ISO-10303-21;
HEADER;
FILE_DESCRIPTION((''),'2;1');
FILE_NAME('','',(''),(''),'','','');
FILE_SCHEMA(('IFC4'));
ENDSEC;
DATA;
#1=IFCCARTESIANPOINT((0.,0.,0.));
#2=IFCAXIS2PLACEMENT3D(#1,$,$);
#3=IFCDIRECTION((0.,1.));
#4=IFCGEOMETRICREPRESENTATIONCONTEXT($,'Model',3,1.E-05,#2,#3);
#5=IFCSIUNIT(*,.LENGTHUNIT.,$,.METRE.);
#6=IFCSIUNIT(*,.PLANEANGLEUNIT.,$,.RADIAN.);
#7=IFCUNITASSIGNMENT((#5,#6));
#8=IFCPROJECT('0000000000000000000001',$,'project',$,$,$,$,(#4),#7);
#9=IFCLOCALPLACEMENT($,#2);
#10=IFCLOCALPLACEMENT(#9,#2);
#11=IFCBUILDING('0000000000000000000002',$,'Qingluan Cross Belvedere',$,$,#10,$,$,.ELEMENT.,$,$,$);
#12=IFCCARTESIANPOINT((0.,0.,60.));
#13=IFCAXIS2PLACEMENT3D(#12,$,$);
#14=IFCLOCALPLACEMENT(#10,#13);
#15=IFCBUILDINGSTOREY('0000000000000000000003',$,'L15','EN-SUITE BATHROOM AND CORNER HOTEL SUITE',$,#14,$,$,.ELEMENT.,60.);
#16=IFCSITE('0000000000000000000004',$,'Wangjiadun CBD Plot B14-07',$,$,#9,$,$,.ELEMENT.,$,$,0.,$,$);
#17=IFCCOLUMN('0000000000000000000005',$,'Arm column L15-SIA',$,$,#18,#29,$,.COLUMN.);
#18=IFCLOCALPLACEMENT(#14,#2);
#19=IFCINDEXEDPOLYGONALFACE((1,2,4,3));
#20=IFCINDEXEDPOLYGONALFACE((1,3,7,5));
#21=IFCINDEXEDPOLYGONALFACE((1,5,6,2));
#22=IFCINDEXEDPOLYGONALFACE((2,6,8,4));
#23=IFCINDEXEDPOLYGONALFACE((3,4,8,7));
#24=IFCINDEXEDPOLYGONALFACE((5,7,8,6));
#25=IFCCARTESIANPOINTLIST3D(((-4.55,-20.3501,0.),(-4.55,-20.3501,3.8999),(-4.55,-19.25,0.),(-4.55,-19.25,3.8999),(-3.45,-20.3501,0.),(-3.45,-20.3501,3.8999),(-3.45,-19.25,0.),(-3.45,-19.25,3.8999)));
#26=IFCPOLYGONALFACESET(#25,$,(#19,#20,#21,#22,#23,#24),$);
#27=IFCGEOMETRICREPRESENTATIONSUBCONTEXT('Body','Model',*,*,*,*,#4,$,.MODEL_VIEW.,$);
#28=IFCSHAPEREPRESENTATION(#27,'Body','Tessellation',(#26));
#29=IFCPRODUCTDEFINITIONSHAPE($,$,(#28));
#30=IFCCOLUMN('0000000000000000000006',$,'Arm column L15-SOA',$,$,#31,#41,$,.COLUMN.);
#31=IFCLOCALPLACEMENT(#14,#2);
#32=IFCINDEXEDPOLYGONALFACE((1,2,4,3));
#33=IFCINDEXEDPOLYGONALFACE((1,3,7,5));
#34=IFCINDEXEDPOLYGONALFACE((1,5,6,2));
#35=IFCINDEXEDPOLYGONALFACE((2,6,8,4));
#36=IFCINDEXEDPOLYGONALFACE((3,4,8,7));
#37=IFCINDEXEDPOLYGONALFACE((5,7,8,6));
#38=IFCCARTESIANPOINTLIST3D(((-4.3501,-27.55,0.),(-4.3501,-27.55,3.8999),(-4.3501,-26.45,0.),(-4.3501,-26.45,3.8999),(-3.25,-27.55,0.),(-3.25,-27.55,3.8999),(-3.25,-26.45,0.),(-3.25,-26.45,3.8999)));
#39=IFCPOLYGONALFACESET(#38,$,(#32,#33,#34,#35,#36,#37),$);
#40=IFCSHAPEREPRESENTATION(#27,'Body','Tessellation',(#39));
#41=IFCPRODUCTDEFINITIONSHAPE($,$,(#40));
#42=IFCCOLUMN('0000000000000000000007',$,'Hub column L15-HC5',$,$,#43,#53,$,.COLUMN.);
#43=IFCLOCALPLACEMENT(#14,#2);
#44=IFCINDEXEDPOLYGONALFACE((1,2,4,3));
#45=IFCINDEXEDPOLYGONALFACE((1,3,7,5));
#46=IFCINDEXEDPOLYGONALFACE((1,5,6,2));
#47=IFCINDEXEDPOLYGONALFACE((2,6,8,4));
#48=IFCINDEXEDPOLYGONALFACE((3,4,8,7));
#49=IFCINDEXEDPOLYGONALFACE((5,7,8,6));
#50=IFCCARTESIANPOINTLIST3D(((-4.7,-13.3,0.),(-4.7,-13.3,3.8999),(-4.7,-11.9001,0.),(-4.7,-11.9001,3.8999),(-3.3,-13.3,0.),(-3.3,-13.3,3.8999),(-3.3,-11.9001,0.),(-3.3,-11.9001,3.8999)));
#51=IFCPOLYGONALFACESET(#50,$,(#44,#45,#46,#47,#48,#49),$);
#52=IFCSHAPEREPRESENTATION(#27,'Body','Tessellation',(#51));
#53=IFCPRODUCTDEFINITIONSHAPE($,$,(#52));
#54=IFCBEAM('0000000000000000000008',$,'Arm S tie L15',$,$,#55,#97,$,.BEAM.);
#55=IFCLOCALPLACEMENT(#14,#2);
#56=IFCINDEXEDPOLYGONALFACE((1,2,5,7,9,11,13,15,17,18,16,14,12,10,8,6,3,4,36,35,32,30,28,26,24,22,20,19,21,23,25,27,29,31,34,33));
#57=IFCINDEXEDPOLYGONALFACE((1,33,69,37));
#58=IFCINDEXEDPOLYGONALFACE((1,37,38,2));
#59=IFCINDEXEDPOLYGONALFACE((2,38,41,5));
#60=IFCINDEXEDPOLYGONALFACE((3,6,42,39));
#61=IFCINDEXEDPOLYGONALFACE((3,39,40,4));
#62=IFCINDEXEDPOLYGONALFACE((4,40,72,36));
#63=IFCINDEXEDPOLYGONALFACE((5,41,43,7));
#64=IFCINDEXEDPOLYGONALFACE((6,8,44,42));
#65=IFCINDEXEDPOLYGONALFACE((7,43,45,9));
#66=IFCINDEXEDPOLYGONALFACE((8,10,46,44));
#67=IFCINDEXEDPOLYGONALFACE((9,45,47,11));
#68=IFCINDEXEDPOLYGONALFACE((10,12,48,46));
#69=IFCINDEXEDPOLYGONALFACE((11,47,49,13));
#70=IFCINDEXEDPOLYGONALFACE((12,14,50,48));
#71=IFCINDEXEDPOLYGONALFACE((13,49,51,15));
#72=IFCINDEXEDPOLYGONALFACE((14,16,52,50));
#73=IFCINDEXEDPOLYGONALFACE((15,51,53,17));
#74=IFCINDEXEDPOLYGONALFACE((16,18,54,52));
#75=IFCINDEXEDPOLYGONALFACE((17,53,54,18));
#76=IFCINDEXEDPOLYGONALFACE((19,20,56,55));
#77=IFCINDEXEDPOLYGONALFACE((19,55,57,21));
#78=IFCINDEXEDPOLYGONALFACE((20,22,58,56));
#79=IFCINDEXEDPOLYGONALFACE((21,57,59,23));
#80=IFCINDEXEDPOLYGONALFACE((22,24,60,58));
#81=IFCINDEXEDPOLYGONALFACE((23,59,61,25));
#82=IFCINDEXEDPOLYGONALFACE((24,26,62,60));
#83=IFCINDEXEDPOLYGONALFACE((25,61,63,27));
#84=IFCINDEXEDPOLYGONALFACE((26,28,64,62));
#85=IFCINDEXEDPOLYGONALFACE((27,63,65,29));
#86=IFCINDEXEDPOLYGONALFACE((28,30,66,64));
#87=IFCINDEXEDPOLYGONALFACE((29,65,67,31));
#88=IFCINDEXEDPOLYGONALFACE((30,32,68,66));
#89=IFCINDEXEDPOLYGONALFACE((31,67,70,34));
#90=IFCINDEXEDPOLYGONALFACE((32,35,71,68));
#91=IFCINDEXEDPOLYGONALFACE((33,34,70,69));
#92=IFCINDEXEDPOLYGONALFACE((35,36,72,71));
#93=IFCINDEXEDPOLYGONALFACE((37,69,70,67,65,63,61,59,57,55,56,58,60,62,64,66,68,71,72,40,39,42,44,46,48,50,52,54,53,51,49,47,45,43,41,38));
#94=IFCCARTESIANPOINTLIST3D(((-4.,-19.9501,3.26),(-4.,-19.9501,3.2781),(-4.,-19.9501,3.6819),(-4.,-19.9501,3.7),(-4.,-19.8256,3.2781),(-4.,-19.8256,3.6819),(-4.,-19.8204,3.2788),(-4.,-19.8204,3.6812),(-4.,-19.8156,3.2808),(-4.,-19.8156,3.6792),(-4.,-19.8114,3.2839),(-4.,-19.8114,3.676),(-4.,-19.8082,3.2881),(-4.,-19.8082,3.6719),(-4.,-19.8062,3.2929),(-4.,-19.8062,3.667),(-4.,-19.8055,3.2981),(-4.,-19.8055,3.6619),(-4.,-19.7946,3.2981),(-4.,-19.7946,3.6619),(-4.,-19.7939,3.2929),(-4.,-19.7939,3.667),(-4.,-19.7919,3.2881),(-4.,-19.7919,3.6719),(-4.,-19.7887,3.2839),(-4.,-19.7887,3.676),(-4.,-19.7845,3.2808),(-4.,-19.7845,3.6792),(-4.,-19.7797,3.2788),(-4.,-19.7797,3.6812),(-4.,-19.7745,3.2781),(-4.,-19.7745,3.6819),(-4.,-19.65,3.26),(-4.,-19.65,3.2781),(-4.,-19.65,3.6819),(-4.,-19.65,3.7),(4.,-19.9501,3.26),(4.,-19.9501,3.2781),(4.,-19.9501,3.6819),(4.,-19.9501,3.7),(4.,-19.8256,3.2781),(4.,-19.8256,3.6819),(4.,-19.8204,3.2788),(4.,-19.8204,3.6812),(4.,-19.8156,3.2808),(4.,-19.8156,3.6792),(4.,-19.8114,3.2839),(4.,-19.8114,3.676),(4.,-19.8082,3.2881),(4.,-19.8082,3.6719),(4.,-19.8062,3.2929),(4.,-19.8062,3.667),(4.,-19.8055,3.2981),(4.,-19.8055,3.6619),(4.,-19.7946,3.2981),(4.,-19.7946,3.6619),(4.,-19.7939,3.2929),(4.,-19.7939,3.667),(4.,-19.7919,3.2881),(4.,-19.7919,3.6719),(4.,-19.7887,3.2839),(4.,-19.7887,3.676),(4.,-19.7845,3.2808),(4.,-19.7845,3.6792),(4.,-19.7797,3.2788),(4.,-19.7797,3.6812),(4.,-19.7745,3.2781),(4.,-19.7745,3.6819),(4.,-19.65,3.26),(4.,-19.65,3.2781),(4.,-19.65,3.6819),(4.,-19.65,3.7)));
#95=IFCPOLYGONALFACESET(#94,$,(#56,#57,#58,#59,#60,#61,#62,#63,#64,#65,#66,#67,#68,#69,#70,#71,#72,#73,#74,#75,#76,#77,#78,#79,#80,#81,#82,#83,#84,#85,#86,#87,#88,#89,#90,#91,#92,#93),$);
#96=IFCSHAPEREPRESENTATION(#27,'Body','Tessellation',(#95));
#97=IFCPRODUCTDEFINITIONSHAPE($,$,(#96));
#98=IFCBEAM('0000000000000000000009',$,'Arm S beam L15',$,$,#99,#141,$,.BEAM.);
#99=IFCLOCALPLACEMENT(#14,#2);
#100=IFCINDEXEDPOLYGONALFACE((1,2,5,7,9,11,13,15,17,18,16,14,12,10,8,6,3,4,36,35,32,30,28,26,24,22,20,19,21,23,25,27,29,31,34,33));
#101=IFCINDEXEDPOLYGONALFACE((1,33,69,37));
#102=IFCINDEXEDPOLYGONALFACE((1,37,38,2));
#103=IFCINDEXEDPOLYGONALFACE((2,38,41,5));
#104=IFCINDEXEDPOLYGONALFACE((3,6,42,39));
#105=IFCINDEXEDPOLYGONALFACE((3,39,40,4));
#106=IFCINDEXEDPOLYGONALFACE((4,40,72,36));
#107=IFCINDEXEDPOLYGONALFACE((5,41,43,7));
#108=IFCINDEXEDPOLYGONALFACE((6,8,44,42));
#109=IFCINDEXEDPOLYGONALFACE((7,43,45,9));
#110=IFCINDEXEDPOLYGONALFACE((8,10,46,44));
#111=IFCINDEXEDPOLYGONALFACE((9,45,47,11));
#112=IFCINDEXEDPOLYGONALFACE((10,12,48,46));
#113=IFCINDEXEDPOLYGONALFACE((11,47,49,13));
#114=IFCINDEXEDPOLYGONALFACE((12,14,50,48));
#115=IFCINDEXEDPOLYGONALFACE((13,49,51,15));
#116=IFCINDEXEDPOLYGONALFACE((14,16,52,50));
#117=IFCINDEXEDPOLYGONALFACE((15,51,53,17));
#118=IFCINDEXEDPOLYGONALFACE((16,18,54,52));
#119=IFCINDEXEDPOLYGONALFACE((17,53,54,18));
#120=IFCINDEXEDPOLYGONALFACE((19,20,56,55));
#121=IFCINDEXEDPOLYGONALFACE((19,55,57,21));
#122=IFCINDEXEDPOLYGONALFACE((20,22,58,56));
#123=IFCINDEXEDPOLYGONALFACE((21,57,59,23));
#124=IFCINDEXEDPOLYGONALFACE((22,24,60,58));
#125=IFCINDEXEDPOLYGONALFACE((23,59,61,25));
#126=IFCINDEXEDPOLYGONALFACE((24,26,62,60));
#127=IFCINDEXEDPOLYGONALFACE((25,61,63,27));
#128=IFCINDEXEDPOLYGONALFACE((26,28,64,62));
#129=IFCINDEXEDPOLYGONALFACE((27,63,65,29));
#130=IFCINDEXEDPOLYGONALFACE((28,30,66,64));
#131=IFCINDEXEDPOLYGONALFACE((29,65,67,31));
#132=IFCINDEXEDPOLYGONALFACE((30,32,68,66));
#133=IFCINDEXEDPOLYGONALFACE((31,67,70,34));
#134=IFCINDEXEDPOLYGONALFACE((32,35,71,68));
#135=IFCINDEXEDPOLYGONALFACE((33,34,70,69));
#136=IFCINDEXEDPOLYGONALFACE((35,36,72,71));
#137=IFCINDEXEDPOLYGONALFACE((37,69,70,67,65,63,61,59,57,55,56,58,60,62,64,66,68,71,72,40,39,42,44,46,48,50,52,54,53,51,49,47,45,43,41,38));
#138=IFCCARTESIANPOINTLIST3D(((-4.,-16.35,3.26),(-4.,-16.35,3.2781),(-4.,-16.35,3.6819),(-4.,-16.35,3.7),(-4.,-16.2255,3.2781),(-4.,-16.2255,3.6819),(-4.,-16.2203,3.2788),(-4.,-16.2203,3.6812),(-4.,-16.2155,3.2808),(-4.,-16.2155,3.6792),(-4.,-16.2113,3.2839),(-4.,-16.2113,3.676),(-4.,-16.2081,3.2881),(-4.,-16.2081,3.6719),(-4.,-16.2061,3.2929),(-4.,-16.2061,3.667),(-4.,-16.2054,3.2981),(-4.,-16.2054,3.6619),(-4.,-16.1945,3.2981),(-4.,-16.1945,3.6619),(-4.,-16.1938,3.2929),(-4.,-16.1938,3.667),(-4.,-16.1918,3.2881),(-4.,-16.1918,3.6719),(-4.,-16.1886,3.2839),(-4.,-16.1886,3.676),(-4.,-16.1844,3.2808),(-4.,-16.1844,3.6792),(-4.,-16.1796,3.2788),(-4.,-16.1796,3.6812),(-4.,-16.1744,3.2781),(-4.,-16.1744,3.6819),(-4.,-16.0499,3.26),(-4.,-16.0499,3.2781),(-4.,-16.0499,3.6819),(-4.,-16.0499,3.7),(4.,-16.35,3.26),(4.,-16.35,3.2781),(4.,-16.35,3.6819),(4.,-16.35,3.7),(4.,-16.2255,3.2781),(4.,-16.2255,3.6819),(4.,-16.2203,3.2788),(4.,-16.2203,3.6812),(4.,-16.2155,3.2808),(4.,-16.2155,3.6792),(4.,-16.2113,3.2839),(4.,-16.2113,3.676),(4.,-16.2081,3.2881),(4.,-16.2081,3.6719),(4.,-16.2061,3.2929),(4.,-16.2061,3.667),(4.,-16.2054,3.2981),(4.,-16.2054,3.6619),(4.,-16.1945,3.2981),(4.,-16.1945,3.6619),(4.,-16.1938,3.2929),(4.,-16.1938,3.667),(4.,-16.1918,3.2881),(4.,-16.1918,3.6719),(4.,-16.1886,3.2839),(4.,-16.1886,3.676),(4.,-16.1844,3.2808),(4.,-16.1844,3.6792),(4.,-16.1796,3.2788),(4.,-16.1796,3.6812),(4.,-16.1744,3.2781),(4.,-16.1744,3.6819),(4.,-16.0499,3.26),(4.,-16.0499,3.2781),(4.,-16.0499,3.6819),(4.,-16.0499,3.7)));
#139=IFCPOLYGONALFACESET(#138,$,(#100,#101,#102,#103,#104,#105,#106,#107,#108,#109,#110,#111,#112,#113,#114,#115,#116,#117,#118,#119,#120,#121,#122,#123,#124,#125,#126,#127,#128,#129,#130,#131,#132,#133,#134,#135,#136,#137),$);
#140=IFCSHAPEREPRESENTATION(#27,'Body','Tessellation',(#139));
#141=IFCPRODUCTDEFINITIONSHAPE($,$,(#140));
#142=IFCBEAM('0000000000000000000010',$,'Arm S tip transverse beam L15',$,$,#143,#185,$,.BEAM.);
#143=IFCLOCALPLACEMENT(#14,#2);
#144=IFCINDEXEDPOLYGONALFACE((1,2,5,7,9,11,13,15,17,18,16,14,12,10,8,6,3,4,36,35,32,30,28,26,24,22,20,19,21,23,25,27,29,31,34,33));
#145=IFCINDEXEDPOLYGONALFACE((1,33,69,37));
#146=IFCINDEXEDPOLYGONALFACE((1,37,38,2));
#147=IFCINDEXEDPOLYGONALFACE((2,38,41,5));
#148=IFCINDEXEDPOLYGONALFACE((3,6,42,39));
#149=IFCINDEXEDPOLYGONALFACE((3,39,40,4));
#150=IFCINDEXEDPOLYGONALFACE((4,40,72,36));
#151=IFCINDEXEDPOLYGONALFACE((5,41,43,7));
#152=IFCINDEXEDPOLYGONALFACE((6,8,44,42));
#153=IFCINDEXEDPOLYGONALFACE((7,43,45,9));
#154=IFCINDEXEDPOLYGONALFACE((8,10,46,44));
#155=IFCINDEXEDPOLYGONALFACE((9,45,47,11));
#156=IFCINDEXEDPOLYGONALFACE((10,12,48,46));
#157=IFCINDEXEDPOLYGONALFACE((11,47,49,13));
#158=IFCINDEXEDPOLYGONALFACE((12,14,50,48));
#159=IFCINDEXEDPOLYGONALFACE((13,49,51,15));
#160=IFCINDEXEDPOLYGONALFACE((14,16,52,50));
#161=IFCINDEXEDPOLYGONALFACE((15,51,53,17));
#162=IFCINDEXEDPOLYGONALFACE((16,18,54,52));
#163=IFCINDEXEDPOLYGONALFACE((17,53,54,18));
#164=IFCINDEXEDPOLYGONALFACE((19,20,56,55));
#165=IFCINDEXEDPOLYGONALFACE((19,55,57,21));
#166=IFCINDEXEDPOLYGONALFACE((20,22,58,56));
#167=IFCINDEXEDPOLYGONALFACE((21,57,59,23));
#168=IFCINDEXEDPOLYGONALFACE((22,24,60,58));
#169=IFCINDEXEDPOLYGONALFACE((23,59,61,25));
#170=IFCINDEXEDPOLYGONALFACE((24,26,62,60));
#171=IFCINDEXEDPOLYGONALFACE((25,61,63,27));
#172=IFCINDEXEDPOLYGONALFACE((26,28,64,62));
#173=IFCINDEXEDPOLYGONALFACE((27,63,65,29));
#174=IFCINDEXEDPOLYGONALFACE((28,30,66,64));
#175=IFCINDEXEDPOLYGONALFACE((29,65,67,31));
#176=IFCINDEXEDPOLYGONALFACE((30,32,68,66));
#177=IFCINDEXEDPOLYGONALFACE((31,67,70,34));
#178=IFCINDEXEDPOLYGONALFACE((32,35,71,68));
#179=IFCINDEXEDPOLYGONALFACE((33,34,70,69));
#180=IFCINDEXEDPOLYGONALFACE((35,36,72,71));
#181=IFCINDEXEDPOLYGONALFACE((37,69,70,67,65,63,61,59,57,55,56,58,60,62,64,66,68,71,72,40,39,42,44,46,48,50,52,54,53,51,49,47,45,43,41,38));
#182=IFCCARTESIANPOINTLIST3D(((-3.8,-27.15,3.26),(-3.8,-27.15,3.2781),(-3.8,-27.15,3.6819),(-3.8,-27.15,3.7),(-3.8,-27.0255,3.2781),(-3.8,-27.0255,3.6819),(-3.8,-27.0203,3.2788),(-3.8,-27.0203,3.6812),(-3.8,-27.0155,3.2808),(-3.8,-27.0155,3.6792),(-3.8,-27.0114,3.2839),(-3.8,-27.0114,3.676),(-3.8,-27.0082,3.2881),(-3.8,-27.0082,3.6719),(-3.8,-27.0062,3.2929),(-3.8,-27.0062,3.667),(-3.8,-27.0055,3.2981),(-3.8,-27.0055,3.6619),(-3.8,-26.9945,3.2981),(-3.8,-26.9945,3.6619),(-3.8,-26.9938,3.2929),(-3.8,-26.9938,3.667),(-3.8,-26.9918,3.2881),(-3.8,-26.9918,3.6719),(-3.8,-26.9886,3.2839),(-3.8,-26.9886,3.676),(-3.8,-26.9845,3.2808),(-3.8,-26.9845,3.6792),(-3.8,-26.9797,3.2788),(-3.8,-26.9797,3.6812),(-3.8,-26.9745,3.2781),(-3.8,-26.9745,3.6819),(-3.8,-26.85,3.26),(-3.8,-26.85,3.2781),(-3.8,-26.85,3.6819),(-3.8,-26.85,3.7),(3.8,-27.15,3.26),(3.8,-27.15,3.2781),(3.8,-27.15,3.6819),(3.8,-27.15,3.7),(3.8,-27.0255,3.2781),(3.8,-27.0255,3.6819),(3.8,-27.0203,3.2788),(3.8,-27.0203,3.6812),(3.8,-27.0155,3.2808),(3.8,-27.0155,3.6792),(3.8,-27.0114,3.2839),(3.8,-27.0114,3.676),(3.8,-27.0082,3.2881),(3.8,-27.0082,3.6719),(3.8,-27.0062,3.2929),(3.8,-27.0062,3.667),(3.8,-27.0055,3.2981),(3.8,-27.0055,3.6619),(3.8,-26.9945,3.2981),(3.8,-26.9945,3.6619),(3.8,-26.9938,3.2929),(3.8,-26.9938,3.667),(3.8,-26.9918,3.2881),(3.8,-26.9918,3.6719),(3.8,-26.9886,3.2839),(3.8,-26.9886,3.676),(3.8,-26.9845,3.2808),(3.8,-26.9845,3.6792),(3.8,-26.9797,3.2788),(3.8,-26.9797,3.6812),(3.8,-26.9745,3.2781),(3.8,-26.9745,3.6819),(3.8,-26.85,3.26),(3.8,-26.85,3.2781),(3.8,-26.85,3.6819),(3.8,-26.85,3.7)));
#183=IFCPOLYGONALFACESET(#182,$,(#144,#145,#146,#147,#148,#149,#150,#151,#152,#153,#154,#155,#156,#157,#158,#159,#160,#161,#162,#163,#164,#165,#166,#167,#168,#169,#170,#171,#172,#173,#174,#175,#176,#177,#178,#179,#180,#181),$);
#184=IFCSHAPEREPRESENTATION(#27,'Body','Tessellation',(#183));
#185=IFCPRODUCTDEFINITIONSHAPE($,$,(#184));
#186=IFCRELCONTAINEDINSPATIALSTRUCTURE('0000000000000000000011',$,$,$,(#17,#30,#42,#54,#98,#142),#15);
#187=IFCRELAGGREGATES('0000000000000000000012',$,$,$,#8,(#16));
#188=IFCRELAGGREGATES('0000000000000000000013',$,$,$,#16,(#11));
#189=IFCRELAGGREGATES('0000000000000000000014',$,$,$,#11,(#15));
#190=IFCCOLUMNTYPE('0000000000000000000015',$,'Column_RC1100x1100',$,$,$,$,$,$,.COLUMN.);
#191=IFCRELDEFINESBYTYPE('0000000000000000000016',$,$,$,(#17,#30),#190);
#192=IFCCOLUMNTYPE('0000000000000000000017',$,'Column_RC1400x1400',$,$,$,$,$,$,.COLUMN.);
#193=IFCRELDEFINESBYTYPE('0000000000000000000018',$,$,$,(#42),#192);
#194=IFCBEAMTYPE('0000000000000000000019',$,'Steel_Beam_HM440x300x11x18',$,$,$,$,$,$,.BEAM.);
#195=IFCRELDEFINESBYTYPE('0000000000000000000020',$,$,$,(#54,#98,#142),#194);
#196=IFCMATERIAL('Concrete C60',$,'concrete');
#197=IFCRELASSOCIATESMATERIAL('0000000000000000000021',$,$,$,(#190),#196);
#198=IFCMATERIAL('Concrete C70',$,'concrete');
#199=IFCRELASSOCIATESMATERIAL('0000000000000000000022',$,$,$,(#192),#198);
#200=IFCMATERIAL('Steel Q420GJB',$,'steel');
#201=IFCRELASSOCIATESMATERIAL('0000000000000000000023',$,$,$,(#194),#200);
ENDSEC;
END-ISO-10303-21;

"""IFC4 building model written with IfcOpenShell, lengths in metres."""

from ifc_helpers import new_model, si_unit, direction, frame, origin, origin_2d, place, context, subcontext, project, spatial, rectangle, i_section, extrude, material, material_profile, profile_set, type_object, element, save


model = new_model("IFC4")

# Units and contexts
model_context = context("Model", 3, precision=1e-05, world=origin(), true_north=direction((0.0, 1.0)))
body_context = subcontext(model_context, "Body", "Model", "MODEL_VIEW")
ifc_project = project(units=[si_unit("LENGTHUNIT", "METRE"), si_unit("PLANEANGLEUNIT", "RADIAN")], contexts=[model_context])

# Site, building, storey
site_placement = place(None, origin())
site = spatial("IfcSite", under=ifc_project, at=site_placement, Name="Wangjiadun CBD Plot B14-07", CompositionType="ELEMENT", RefElevation=0.0)
building_placement = place(site_placement, origin())
building = spatial("IfcBuilding", under=site, at=building_placement, Name="Qingluan Cross Belvedere", CompositionType="ELEMENT")
storey_placement = place(building_placement, frame((0.0, 0.0, 60.0)))
storey = spatial("IfcBuildingStorey", under=building, at=storey_placement, Name="L15", Description="EN-SUITE BATHROOM AND CORNER HOTEL SUITE", CompositionType="ELEMENT", Elevation=60.0)

# Columns
ifc_material_1 = material(Name="Concrete C60", Category="concrete")
ifc_material_profile_1 = material_profile(ifc_material_1, rectangle(XDim=1.1001, YDim=1.1001, at=origin_2d()), Name="RC1100x1100")
ifc_profile_set_1 = profile_set([ifc_material_profile_1], Name="Concrete C60")
column_type_1 = type_object("IfcColumnType", Name="Column_RC1100x1100", PredefinedType="COLUMN", material=ifc_profile_set_1)
for number, where, z_axis, x_axis, name in (
    (1, (-4.0, -19.8, 0.0), (0.0, 0.0, 1.0), (1.0, 0.0, 0.0), "Arm column L15-SIA"),
    (2, (-3.8, -27.0, 0.0), (0.0, 0.0, 1.0), (1.0, 0.0, 0.0), "Arm column L15-SOA"),
):
    element("IfcColumn", number, at=place(storey_placement, frame(where, z_axis=z_axis, x_axis=x_axis)), inside=storey, type_object=column_type_1, Name=name, PredefinedType="COLUMN", context=body_context, shape_type="SweptSolid", body=[
        extrude(rectangle(XDim=1.1001, YDim=1.1001, at=origin_2d()), origin(), (0.0, 0.0, 1.0), 3.8999),
    ])
ifc_material_2 = material(Name="Concrete C70", Category="concrete")
ifc_material_profile_2 = material_profile(ifc_material_2, rectangle(XDim=1.3999, YDim=1.3999, at=origin_2d()), Name="RC1400x1400")
ifc_profile_set_2 = profile_set([ifc_material_profile_2], Name="Concrete C70")
column_type_2 = type_object("IfcColumnType", Name="Column_RC1400x1400", PredefinedType="COLUMN", material=ifc_profile_set_2)
column_placement = place(storey_placement, frame((-4.0, -12.6001, 0.0), z_axis=(0.0, 0.0, 1.0), x_axis=(1.0, 0.0, 0.0)))
element("IfcColumn", 3, at=column_placement, inside=storey, type_object=column_type_2, Name="Hub column L15-HC5", PredefinedType="COLUMN", context=body_context, shape_type="SweptSolid", body=[
    extrude(rectangle(XDim=1.3999, YDim=1.3999, at=origin_2d()), origin(), (0.0, 0.0, 1.0), 3.8999),
])

# Beams
ifc_material_3 = material(Name="Steel Q420GJB", Category="steel")
ifc_material_profile_3 = material_profile(ifc_material_3, i_section(OverallWidth=0.3, OverallDepth=0.4399, WebThickness=0.011, FlangeThickness=0.0181, FilletRadius=0.02, at=origin_2d()), Name="HM440x300x11x18")
ifc_profile_set_3 = profile_set([ifc_material_profile_3], Name="Steel Q420GJB")
beam_type_1 = type_object("IfcBeamType", Name="Steel_Beam_HM440x300x11x18", PredefinedType="BEAM", material=ifc_profile_set_3)
for number, where, z_axis, x_axis, name in (
    (4, (-4.0, -19.8, 3.48), (1.0, 0.0, 0.0), (0.0, 1.0, 0.0), "Arm S tie L15"),
    (5, (-4.0, -16.2, 3.48), (1.0, 0.0, 0.0), (0.0, 1.0, 0.0), "Arm S beam L15"),
):
    element("IfcBeam", number, at=place(storey_placement, frame(where, z_axis=z_axis, x_axis=x_axis)), inside=storey, type_object=beam_type_1, Name=name, PredefinedType="BEAM", context=body_context, shape_type="SweptSolid", body=[
        extrude(i_section(OverallWidth=0.3, OverallDepth=0.4399, WebThickness=0.011, FlangeThickness=0.0181, FilletRadius=0.02, at=origin_2d()), origin(), (0.0, 0.0, 1.0), 8.0),
    ])
beam_1_placement = place(storey_placement, frame((-3.8, -27.0, 3.48), z_axis=(1.0, 0.0, 0.0), x_axis=(0.0, 1.0, 0.0)))
element("IfcBeam", 6, at=beam_1_placement, inside=storey, type_object=beam_type_1, Name="Arm S tip transverse beam L15", PredefinedType="BEAM", context=body_context, shape_type="SweptSolid", body=[
    extrude(i_section(OverallWidth=0.3, OverallDepth=0.4399, WebThickness=0.011, FlangeThickness=0.0181, FilletRadius=0.02, at=origin_2d()), origin(), (0.0, 0.0, 1.0), 7.6001),
])

save(model, "model.ifc")
